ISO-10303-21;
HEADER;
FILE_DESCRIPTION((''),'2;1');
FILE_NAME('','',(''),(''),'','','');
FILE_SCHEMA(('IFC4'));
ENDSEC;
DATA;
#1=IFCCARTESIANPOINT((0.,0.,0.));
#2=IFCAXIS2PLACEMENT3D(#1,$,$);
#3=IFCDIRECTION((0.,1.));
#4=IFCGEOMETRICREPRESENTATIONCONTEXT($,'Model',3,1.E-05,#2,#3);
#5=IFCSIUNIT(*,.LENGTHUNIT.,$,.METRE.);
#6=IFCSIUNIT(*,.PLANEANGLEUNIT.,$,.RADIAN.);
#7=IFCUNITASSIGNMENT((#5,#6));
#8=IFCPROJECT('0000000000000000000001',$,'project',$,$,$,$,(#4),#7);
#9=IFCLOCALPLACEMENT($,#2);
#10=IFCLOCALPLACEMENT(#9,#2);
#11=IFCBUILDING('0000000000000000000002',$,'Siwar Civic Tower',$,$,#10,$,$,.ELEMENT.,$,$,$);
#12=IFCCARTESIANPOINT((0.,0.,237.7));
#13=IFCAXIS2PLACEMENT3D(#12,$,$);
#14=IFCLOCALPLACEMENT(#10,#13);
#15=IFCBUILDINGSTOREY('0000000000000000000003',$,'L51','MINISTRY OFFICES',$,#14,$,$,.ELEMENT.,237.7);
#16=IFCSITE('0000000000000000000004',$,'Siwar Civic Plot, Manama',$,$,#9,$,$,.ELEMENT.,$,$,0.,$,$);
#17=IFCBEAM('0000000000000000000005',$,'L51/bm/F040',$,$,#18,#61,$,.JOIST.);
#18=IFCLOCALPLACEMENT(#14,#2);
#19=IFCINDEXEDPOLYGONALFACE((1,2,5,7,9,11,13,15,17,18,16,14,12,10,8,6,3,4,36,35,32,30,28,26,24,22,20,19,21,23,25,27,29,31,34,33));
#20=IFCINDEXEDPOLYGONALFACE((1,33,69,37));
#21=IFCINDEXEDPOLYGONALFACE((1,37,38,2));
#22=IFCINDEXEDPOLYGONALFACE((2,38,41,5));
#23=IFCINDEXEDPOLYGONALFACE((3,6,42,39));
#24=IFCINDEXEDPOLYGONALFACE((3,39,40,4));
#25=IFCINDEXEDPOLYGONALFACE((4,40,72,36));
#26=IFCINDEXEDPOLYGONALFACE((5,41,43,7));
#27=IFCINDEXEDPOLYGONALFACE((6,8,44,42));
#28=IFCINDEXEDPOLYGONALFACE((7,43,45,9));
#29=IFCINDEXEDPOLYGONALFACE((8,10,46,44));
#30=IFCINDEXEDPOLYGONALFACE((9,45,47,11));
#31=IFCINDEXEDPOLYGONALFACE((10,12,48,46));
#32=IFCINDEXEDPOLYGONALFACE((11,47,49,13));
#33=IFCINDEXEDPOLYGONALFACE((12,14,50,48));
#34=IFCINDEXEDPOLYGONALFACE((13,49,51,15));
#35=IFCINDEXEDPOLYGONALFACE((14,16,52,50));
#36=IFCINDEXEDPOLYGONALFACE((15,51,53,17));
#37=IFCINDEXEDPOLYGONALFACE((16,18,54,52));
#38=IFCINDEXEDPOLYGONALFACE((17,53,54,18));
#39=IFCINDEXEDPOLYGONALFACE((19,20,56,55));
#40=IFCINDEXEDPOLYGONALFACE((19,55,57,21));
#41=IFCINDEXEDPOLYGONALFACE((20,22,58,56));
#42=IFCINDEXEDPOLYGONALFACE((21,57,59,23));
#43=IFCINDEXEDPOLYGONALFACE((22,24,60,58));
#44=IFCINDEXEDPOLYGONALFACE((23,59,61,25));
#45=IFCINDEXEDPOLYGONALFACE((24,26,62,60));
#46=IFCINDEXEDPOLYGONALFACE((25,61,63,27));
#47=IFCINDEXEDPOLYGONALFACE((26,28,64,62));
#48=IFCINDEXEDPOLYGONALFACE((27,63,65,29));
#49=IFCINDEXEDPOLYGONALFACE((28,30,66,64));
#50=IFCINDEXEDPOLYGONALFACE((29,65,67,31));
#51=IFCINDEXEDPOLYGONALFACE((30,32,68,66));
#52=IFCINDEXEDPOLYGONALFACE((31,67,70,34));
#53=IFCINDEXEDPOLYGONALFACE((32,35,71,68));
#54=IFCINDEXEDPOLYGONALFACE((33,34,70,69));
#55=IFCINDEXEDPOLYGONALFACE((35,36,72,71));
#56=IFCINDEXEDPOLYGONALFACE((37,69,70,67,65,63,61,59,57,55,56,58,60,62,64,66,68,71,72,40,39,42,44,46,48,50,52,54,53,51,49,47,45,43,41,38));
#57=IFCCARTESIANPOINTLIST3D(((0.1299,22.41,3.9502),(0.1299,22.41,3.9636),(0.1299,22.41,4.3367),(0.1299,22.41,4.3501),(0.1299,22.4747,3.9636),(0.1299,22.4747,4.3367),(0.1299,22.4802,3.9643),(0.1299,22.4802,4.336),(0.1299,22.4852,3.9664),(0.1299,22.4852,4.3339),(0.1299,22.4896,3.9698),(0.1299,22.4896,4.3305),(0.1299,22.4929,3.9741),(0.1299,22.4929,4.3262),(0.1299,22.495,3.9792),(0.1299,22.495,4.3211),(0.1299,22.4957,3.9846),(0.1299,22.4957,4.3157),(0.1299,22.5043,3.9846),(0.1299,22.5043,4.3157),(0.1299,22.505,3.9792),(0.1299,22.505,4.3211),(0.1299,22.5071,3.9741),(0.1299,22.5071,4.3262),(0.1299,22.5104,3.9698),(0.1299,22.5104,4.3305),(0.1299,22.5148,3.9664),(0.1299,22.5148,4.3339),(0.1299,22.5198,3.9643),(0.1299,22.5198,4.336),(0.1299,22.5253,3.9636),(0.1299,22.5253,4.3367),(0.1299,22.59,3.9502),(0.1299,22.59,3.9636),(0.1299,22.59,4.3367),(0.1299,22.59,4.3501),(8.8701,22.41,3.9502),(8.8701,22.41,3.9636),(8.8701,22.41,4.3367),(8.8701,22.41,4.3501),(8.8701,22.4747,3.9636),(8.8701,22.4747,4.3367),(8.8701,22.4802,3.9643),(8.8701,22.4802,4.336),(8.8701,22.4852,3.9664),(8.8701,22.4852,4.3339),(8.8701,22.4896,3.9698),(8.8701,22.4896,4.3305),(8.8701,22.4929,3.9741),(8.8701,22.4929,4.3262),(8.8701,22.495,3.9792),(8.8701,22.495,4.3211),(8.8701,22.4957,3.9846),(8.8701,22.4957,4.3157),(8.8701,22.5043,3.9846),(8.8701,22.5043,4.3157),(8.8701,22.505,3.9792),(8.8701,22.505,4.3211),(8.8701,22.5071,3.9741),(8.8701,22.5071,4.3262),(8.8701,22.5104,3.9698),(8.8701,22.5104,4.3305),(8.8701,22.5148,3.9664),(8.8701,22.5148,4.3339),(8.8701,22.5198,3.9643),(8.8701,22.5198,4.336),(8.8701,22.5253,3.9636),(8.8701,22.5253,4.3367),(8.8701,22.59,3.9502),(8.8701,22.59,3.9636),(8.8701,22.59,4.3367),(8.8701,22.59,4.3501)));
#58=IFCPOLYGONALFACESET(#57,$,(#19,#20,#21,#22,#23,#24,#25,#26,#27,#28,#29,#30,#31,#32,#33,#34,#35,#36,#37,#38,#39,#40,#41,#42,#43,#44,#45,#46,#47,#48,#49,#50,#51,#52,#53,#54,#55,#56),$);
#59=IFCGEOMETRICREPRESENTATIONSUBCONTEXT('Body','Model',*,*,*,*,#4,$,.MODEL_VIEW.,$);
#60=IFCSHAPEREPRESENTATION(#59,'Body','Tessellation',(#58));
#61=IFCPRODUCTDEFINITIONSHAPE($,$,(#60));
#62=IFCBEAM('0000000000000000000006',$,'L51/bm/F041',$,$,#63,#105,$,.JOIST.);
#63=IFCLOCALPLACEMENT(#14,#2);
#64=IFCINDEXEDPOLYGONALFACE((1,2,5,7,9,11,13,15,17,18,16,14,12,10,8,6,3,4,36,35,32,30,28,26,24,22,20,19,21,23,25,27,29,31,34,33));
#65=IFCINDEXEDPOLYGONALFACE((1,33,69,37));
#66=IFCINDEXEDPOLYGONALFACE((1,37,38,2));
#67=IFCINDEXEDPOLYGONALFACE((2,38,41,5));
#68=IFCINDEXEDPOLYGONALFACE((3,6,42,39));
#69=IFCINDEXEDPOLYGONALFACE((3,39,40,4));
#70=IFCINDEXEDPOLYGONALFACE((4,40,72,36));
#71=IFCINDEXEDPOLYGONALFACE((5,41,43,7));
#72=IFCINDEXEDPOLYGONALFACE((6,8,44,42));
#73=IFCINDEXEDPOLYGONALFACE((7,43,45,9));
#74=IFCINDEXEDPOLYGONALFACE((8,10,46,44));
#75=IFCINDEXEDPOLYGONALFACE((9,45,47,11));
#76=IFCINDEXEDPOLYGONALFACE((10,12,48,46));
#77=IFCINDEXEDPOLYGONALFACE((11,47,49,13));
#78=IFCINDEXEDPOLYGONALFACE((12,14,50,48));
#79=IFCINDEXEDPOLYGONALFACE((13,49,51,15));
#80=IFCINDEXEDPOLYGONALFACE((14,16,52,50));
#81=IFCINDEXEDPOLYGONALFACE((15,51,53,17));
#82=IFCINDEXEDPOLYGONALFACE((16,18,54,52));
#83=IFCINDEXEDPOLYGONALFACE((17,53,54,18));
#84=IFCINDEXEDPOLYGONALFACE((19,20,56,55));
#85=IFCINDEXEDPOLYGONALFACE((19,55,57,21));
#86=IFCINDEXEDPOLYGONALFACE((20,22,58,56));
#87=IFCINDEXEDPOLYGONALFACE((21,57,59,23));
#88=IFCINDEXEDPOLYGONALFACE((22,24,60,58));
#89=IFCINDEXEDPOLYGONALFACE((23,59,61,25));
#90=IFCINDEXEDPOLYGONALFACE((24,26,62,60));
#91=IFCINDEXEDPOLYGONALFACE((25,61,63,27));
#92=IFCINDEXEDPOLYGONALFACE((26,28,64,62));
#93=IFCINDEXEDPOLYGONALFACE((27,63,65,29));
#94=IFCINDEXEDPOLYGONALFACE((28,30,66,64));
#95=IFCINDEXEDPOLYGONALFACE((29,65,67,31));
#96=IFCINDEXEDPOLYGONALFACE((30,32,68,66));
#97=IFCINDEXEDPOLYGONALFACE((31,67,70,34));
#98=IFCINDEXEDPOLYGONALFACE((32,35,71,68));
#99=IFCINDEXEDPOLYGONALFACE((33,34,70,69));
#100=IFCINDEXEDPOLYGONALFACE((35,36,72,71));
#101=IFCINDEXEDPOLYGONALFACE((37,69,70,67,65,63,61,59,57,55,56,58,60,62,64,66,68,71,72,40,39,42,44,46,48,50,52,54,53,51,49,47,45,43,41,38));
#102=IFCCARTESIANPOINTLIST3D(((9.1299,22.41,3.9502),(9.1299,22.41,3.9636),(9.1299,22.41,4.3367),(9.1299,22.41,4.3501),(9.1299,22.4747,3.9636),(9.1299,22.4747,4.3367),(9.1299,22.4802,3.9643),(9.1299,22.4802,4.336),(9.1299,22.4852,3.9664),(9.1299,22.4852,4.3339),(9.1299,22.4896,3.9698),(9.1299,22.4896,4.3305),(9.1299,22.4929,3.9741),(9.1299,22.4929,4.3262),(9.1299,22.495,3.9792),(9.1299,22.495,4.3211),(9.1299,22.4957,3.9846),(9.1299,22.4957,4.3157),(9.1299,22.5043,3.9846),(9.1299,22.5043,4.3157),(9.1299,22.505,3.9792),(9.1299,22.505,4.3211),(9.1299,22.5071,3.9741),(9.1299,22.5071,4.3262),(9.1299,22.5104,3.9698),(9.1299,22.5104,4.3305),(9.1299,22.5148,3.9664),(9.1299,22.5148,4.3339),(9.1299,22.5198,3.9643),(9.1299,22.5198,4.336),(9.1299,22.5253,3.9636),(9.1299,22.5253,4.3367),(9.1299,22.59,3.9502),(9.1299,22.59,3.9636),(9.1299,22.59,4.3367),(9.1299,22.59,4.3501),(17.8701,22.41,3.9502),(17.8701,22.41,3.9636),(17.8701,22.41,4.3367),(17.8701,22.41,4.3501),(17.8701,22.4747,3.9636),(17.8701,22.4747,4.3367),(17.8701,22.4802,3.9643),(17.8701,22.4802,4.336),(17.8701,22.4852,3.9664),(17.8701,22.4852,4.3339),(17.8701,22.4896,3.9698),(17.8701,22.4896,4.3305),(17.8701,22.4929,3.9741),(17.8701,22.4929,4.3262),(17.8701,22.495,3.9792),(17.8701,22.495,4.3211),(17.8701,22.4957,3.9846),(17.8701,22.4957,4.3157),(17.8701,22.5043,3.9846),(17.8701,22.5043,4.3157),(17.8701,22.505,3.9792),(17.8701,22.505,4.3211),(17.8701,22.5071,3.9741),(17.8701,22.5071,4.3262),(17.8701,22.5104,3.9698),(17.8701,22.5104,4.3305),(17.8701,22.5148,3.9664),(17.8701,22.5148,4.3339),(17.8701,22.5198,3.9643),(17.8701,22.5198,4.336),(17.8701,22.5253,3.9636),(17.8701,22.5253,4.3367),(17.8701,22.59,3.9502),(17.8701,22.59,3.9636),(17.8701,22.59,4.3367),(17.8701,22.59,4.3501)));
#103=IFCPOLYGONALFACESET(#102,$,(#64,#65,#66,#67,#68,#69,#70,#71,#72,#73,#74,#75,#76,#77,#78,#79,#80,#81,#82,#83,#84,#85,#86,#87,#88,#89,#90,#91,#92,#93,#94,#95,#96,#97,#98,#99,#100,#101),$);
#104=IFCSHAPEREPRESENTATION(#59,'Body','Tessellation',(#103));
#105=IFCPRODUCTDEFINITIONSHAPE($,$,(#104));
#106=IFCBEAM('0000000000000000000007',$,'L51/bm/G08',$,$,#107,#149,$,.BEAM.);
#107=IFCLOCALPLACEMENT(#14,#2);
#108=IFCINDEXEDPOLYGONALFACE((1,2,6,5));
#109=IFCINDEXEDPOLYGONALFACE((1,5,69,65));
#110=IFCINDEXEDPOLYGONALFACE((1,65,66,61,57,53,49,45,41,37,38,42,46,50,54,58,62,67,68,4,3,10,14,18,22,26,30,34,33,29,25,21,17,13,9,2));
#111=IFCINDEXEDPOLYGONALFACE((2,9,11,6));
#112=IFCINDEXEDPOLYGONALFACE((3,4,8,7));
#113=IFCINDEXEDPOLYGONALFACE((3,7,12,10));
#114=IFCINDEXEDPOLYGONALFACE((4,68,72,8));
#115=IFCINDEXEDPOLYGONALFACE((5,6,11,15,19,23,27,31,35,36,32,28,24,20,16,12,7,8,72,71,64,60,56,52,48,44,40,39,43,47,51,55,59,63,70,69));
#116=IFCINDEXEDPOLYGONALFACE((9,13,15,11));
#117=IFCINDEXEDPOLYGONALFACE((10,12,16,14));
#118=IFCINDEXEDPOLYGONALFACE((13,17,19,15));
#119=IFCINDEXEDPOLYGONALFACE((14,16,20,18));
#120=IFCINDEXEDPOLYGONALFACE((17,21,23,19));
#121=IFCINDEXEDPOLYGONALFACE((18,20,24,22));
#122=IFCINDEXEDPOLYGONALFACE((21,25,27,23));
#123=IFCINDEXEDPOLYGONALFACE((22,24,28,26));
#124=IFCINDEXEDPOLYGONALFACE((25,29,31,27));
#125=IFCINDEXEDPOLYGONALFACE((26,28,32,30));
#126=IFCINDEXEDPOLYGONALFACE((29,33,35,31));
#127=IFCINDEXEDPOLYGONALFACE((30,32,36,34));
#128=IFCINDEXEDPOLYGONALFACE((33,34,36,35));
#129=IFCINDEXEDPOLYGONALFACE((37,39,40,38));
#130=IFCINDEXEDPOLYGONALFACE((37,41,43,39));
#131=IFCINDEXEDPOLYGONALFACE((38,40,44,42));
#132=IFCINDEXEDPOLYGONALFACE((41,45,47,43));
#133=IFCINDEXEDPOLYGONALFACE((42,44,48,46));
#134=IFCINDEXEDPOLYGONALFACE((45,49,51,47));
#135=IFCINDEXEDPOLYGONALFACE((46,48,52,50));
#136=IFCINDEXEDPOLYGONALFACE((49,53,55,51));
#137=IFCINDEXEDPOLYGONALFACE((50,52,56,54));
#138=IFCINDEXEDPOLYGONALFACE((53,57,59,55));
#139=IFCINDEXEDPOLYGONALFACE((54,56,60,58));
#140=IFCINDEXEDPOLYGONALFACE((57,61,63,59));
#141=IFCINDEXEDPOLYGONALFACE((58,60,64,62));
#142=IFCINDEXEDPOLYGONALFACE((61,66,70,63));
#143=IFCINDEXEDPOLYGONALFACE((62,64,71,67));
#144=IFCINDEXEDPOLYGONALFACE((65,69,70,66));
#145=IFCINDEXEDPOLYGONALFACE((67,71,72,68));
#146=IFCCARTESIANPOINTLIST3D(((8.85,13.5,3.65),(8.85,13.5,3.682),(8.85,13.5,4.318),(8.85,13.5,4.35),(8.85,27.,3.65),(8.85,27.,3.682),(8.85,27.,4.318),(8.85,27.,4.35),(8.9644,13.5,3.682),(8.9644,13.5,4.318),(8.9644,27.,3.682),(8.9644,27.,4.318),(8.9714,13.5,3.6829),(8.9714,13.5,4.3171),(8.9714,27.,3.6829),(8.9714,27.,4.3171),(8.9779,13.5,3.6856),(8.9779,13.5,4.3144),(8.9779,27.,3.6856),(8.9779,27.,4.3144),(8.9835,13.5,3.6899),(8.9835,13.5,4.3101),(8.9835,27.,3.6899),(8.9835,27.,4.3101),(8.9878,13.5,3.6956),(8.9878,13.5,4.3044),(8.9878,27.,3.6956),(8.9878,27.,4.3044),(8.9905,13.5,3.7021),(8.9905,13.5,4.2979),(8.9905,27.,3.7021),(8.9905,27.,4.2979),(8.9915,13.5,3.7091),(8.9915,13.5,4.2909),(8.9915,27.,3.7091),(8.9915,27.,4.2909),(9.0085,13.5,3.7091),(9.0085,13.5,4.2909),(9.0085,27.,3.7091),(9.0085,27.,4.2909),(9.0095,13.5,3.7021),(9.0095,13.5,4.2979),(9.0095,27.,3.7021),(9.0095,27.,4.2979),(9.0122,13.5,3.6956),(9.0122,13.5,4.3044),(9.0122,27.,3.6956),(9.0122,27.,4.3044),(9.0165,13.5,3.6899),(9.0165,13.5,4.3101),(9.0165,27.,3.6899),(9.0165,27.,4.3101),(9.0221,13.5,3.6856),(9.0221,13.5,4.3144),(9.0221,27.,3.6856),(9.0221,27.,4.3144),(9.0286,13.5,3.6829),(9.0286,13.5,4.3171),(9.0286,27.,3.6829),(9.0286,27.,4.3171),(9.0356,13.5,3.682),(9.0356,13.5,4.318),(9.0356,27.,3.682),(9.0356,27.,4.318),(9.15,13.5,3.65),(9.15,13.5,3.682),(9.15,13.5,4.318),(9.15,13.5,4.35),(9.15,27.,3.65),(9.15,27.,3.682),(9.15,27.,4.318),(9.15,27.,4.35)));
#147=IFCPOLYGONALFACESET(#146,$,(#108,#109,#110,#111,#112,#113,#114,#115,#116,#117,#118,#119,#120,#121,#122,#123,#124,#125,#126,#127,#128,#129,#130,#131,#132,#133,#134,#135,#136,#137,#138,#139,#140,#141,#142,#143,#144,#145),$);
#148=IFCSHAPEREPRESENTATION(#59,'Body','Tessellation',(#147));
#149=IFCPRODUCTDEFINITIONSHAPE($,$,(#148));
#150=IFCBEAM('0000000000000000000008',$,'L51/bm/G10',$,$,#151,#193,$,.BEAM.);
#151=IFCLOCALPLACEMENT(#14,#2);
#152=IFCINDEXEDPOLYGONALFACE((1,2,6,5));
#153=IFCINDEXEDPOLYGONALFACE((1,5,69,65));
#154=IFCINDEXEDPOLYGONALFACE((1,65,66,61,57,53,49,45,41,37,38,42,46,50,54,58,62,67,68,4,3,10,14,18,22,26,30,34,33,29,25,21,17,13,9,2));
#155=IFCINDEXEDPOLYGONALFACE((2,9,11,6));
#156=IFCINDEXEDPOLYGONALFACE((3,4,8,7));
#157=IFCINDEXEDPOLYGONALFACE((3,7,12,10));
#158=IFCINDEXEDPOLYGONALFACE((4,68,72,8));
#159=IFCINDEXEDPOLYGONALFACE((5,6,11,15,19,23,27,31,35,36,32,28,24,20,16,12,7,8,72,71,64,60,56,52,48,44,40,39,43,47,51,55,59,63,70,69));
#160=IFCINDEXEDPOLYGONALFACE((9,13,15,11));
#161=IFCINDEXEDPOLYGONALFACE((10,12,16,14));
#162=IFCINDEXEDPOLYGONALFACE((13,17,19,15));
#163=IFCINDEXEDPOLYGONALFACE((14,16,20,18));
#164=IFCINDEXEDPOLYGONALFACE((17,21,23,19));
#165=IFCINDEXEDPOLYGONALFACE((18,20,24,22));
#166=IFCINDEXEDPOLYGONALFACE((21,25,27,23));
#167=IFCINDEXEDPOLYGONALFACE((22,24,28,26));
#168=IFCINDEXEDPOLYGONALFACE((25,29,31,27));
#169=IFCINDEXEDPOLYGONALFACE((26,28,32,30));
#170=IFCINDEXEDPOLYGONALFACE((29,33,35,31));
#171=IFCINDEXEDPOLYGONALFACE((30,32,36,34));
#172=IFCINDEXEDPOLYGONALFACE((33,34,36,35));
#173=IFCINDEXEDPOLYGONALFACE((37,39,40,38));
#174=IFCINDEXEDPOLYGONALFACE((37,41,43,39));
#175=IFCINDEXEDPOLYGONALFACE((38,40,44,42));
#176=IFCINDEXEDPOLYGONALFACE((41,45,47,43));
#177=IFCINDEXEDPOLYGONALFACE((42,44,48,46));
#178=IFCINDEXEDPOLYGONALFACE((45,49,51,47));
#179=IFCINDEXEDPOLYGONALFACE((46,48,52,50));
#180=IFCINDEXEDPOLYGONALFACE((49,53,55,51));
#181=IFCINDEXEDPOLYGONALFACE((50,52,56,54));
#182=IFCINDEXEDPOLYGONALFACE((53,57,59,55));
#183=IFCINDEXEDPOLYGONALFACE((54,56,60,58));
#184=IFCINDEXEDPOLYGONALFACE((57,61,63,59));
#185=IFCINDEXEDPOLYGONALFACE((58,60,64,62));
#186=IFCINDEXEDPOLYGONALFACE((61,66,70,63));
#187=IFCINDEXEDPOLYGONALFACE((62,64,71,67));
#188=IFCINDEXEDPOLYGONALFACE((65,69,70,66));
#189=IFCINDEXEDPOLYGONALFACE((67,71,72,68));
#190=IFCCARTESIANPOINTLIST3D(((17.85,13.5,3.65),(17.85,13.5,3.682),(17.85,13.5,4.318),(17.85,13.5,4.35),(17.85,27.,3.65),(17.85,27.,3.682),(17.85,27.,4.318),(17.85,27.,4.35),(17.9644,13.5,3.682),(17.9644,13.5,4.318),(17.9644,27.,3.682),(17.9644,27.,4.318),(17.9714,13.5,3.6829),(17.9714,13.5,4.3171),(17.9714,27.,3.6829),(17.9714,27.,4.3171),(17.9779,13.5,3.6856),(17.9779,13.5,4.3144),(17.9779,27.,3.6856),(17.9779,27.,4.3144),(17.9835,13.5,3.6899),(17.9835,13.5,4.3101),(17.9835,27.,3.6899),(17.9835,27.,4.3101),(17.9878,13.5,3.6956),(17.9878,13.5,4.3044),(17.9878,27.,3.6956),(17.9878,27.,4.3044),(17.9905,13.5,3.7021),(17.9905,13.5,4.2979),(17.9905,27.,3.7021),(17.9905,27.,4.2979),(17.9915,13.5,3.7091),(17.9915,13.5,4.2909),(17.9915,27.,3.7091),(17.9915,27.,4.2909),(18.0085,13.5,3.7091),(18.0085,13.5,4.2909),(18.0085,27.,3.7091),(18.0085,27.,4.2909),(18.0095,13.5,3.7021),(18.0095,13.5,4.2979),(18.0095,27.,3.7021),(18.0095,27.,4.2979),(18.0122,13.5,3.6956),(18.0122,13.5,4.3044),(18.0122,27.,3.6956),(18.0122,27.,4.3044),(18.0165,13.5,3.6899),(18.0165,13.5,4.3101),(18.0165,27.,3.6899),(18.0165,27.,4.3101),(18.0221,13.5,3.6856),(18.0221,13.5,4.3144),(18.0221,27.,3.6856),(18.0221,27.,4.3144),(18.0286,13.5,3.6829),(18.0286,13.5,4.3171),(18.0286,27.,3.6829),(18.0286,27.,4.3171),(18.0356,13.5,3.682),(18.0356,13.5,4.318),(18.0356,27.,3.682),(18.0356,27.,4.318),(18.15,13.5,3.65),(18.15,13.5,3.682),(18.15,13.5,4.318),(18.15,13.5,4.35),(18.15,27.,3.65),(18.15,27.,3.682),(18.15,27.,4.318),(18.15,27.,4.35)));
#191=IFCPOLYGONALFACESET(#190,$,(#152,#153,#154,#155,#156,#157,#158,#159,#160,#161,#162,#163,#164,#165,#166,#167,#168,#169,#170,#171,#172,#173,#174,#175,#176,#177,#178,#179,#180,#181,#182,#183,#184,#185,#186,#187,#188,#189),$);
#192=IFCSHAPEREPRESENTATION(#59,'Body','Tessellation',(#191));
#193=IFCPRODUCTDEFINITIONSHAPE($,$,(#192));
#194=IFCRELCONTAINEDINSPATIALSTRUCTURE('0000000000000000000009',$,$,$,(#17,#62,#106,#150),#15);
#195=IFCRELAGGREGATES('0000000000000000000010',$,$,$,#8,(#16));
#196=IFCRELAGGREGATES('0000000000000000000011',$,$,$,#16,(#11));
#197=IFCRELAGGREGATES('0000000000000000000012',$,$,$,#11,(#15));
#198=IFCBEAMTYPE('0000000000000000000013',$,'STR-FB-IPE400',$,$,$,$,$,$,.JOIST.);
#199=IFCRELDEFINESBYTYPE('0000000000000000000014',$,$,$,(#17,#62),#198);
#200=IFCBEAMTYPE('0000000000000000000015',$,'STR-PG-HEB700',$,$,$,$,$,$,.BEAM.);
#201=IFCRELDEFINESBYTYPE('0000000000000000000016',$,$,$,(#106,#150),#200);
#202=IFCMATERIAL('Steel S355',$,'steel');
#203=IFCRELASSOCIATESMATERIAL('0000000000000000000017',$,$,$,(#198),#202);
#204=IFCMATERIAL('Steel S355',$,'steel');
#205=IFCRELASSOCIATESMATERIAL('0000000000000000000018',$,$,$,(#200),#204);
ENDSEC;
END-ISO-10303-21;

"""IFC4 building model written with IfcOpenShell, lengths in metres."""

from ifc_helpers import new_model, si_unit, direction, frame, origin, origin_2d, place, context, subcontext, project, spatial, i_section, extrude, material, material_profile, profile_set, type_object, element, save


model = new_model("IFC4")

# Units and contexts
model_context = context("Model", 3, precision=1e-05, world=origin(), true_north=direction((0.0, 1.0)))
body_context = subcontext(model_context, "Body", "Model", "MODEL_VIEW")
ifc_project = project(units=[si_unit("LENGTHUNIT", "METRE"), si_unit("PLANEANGLEUNIT", "RADIAN")], contexts=[model_context])

# Site, building, storey
site_placement = place(None, origin())
site = spatial("IfcSite", under=ifc_project, at=site_placement, Name="Siwar Civic Plot, Manama", CompositionType="ELEMENT", RefElevation=0.0)
building_placement = place(site_placement, origin())
building = spatial("IfcBuilding", under=site, at=building_placement, Name="Siwar Civic Tower", CompositionType="ELEMENT")
storey_placement = place(building_placement, frame((0.0, 0.0, 237.7)))
storey = spatial("IfcBuildingStorey", under=building, at=storey_placement, Name="L51", Description="MINISTRY OFFICES", CompositionType="ELEMENT", Elevation=237.7)

# Beams
ifc_material_1 = material(Name="Steel S355", Category="steel")
ifc_material_profile_1 = material_profile(ifc_material_1, i_section(OverallWidth=0.1799, OverallDepth=0.3999, WebThickness=0.0085, FlangeThickness=0.0134, FilletRadius=0.021, at=origin_2d()), Name="IPE400")
ifc_profile_set_1 = profile_set([ifc_material_profile_1], Name="Steel S355")
beam_type_1 = type_object("IfcBeamType", Name="STR-FB-IPE400", PredefinedType="JOIST", material=ifc_profile_set_1)
for number, where, z_axis, x_axis, name in (
    (1, (0.1299, 22.5, 4.1501), (1.0, 0.0, 0.0), (0.0, 1.0, 0.0), "L51/bm/F040"),
    (2, (9.1299, 22.5, 4.1501), (1.0, 0.0, 0.0), (0.0, 1.0, 0.0), "L51/bm/F041"),
):
    element("IfcBeam", number, at=place(storey_placement, frame(where, z_axis=z_axis, x_axis=x_axis)), inside=storey, type_object=beam_type_1, Name=name, PredefinedType="JOIST", context=body_context, shape_type="SweptSolid", body=[
        extrude(i_section(OverallWidth=0.1799, OverallDepth=0.3999, WebThickness=0.0085, FlangeThickness=0.0134, FilletRadius=0.021, at=origin_2d()), origin(), (0.0, 0.0, 1.0), 8.7402),
    ])
ifc_material_2 = material(Name="Steel S355", Category="steel")
ifc_material_profile_2 = material_profile(ifc_material_2, i_section(OverallWidth=0.3, OverallDepth=0.7, WebThickness=0.0171, FlangeThickness=0.032, FilletRadius=0.0271, at=origin_2d()), Name="HEB700")
ifc_profile_set_2 = profile_set([ifc_material_profile_2], Name="Steel S355")
beam_type_2 = type_object("IfcBeamType", Name="STR-PG-HEB700", PredefinedType="BEAM", material=ifc_profile_set_2)
for number, where, z_axis, x_axis, name in (
    (3, (9.0, 13.5, 4.0), (0.0, 1.0, 0.0), (-1.0, 0.0, 0.0), "L51/bm/G08"),
    (4, (18.0, 13.5, 4.0), (0.0, 1.0, 0.0), (-1.0, 0.0, 0.0), "L51/bm/G10"),
):
    element("IfcBeam", number, at=place(storey_placement, frame(where, z_axis=z_axis, x_axis=x_axis)), inside=storey, type_object=beam_type_2, Name=name, PredefinedType="BEAM", context=body_context, shape_type="SweptSolid", body=[
        extrude(i_section(OverallWidth=0.3, OverallDepth=0.7, WebThickness=0.0171, FlangeThickness=0.032, FilletRadius=0.0271, at=origin_2d()), origin(), (0.0, 0.0, 1.0), 13.5),
    ])

save(model, "model.ifc")
